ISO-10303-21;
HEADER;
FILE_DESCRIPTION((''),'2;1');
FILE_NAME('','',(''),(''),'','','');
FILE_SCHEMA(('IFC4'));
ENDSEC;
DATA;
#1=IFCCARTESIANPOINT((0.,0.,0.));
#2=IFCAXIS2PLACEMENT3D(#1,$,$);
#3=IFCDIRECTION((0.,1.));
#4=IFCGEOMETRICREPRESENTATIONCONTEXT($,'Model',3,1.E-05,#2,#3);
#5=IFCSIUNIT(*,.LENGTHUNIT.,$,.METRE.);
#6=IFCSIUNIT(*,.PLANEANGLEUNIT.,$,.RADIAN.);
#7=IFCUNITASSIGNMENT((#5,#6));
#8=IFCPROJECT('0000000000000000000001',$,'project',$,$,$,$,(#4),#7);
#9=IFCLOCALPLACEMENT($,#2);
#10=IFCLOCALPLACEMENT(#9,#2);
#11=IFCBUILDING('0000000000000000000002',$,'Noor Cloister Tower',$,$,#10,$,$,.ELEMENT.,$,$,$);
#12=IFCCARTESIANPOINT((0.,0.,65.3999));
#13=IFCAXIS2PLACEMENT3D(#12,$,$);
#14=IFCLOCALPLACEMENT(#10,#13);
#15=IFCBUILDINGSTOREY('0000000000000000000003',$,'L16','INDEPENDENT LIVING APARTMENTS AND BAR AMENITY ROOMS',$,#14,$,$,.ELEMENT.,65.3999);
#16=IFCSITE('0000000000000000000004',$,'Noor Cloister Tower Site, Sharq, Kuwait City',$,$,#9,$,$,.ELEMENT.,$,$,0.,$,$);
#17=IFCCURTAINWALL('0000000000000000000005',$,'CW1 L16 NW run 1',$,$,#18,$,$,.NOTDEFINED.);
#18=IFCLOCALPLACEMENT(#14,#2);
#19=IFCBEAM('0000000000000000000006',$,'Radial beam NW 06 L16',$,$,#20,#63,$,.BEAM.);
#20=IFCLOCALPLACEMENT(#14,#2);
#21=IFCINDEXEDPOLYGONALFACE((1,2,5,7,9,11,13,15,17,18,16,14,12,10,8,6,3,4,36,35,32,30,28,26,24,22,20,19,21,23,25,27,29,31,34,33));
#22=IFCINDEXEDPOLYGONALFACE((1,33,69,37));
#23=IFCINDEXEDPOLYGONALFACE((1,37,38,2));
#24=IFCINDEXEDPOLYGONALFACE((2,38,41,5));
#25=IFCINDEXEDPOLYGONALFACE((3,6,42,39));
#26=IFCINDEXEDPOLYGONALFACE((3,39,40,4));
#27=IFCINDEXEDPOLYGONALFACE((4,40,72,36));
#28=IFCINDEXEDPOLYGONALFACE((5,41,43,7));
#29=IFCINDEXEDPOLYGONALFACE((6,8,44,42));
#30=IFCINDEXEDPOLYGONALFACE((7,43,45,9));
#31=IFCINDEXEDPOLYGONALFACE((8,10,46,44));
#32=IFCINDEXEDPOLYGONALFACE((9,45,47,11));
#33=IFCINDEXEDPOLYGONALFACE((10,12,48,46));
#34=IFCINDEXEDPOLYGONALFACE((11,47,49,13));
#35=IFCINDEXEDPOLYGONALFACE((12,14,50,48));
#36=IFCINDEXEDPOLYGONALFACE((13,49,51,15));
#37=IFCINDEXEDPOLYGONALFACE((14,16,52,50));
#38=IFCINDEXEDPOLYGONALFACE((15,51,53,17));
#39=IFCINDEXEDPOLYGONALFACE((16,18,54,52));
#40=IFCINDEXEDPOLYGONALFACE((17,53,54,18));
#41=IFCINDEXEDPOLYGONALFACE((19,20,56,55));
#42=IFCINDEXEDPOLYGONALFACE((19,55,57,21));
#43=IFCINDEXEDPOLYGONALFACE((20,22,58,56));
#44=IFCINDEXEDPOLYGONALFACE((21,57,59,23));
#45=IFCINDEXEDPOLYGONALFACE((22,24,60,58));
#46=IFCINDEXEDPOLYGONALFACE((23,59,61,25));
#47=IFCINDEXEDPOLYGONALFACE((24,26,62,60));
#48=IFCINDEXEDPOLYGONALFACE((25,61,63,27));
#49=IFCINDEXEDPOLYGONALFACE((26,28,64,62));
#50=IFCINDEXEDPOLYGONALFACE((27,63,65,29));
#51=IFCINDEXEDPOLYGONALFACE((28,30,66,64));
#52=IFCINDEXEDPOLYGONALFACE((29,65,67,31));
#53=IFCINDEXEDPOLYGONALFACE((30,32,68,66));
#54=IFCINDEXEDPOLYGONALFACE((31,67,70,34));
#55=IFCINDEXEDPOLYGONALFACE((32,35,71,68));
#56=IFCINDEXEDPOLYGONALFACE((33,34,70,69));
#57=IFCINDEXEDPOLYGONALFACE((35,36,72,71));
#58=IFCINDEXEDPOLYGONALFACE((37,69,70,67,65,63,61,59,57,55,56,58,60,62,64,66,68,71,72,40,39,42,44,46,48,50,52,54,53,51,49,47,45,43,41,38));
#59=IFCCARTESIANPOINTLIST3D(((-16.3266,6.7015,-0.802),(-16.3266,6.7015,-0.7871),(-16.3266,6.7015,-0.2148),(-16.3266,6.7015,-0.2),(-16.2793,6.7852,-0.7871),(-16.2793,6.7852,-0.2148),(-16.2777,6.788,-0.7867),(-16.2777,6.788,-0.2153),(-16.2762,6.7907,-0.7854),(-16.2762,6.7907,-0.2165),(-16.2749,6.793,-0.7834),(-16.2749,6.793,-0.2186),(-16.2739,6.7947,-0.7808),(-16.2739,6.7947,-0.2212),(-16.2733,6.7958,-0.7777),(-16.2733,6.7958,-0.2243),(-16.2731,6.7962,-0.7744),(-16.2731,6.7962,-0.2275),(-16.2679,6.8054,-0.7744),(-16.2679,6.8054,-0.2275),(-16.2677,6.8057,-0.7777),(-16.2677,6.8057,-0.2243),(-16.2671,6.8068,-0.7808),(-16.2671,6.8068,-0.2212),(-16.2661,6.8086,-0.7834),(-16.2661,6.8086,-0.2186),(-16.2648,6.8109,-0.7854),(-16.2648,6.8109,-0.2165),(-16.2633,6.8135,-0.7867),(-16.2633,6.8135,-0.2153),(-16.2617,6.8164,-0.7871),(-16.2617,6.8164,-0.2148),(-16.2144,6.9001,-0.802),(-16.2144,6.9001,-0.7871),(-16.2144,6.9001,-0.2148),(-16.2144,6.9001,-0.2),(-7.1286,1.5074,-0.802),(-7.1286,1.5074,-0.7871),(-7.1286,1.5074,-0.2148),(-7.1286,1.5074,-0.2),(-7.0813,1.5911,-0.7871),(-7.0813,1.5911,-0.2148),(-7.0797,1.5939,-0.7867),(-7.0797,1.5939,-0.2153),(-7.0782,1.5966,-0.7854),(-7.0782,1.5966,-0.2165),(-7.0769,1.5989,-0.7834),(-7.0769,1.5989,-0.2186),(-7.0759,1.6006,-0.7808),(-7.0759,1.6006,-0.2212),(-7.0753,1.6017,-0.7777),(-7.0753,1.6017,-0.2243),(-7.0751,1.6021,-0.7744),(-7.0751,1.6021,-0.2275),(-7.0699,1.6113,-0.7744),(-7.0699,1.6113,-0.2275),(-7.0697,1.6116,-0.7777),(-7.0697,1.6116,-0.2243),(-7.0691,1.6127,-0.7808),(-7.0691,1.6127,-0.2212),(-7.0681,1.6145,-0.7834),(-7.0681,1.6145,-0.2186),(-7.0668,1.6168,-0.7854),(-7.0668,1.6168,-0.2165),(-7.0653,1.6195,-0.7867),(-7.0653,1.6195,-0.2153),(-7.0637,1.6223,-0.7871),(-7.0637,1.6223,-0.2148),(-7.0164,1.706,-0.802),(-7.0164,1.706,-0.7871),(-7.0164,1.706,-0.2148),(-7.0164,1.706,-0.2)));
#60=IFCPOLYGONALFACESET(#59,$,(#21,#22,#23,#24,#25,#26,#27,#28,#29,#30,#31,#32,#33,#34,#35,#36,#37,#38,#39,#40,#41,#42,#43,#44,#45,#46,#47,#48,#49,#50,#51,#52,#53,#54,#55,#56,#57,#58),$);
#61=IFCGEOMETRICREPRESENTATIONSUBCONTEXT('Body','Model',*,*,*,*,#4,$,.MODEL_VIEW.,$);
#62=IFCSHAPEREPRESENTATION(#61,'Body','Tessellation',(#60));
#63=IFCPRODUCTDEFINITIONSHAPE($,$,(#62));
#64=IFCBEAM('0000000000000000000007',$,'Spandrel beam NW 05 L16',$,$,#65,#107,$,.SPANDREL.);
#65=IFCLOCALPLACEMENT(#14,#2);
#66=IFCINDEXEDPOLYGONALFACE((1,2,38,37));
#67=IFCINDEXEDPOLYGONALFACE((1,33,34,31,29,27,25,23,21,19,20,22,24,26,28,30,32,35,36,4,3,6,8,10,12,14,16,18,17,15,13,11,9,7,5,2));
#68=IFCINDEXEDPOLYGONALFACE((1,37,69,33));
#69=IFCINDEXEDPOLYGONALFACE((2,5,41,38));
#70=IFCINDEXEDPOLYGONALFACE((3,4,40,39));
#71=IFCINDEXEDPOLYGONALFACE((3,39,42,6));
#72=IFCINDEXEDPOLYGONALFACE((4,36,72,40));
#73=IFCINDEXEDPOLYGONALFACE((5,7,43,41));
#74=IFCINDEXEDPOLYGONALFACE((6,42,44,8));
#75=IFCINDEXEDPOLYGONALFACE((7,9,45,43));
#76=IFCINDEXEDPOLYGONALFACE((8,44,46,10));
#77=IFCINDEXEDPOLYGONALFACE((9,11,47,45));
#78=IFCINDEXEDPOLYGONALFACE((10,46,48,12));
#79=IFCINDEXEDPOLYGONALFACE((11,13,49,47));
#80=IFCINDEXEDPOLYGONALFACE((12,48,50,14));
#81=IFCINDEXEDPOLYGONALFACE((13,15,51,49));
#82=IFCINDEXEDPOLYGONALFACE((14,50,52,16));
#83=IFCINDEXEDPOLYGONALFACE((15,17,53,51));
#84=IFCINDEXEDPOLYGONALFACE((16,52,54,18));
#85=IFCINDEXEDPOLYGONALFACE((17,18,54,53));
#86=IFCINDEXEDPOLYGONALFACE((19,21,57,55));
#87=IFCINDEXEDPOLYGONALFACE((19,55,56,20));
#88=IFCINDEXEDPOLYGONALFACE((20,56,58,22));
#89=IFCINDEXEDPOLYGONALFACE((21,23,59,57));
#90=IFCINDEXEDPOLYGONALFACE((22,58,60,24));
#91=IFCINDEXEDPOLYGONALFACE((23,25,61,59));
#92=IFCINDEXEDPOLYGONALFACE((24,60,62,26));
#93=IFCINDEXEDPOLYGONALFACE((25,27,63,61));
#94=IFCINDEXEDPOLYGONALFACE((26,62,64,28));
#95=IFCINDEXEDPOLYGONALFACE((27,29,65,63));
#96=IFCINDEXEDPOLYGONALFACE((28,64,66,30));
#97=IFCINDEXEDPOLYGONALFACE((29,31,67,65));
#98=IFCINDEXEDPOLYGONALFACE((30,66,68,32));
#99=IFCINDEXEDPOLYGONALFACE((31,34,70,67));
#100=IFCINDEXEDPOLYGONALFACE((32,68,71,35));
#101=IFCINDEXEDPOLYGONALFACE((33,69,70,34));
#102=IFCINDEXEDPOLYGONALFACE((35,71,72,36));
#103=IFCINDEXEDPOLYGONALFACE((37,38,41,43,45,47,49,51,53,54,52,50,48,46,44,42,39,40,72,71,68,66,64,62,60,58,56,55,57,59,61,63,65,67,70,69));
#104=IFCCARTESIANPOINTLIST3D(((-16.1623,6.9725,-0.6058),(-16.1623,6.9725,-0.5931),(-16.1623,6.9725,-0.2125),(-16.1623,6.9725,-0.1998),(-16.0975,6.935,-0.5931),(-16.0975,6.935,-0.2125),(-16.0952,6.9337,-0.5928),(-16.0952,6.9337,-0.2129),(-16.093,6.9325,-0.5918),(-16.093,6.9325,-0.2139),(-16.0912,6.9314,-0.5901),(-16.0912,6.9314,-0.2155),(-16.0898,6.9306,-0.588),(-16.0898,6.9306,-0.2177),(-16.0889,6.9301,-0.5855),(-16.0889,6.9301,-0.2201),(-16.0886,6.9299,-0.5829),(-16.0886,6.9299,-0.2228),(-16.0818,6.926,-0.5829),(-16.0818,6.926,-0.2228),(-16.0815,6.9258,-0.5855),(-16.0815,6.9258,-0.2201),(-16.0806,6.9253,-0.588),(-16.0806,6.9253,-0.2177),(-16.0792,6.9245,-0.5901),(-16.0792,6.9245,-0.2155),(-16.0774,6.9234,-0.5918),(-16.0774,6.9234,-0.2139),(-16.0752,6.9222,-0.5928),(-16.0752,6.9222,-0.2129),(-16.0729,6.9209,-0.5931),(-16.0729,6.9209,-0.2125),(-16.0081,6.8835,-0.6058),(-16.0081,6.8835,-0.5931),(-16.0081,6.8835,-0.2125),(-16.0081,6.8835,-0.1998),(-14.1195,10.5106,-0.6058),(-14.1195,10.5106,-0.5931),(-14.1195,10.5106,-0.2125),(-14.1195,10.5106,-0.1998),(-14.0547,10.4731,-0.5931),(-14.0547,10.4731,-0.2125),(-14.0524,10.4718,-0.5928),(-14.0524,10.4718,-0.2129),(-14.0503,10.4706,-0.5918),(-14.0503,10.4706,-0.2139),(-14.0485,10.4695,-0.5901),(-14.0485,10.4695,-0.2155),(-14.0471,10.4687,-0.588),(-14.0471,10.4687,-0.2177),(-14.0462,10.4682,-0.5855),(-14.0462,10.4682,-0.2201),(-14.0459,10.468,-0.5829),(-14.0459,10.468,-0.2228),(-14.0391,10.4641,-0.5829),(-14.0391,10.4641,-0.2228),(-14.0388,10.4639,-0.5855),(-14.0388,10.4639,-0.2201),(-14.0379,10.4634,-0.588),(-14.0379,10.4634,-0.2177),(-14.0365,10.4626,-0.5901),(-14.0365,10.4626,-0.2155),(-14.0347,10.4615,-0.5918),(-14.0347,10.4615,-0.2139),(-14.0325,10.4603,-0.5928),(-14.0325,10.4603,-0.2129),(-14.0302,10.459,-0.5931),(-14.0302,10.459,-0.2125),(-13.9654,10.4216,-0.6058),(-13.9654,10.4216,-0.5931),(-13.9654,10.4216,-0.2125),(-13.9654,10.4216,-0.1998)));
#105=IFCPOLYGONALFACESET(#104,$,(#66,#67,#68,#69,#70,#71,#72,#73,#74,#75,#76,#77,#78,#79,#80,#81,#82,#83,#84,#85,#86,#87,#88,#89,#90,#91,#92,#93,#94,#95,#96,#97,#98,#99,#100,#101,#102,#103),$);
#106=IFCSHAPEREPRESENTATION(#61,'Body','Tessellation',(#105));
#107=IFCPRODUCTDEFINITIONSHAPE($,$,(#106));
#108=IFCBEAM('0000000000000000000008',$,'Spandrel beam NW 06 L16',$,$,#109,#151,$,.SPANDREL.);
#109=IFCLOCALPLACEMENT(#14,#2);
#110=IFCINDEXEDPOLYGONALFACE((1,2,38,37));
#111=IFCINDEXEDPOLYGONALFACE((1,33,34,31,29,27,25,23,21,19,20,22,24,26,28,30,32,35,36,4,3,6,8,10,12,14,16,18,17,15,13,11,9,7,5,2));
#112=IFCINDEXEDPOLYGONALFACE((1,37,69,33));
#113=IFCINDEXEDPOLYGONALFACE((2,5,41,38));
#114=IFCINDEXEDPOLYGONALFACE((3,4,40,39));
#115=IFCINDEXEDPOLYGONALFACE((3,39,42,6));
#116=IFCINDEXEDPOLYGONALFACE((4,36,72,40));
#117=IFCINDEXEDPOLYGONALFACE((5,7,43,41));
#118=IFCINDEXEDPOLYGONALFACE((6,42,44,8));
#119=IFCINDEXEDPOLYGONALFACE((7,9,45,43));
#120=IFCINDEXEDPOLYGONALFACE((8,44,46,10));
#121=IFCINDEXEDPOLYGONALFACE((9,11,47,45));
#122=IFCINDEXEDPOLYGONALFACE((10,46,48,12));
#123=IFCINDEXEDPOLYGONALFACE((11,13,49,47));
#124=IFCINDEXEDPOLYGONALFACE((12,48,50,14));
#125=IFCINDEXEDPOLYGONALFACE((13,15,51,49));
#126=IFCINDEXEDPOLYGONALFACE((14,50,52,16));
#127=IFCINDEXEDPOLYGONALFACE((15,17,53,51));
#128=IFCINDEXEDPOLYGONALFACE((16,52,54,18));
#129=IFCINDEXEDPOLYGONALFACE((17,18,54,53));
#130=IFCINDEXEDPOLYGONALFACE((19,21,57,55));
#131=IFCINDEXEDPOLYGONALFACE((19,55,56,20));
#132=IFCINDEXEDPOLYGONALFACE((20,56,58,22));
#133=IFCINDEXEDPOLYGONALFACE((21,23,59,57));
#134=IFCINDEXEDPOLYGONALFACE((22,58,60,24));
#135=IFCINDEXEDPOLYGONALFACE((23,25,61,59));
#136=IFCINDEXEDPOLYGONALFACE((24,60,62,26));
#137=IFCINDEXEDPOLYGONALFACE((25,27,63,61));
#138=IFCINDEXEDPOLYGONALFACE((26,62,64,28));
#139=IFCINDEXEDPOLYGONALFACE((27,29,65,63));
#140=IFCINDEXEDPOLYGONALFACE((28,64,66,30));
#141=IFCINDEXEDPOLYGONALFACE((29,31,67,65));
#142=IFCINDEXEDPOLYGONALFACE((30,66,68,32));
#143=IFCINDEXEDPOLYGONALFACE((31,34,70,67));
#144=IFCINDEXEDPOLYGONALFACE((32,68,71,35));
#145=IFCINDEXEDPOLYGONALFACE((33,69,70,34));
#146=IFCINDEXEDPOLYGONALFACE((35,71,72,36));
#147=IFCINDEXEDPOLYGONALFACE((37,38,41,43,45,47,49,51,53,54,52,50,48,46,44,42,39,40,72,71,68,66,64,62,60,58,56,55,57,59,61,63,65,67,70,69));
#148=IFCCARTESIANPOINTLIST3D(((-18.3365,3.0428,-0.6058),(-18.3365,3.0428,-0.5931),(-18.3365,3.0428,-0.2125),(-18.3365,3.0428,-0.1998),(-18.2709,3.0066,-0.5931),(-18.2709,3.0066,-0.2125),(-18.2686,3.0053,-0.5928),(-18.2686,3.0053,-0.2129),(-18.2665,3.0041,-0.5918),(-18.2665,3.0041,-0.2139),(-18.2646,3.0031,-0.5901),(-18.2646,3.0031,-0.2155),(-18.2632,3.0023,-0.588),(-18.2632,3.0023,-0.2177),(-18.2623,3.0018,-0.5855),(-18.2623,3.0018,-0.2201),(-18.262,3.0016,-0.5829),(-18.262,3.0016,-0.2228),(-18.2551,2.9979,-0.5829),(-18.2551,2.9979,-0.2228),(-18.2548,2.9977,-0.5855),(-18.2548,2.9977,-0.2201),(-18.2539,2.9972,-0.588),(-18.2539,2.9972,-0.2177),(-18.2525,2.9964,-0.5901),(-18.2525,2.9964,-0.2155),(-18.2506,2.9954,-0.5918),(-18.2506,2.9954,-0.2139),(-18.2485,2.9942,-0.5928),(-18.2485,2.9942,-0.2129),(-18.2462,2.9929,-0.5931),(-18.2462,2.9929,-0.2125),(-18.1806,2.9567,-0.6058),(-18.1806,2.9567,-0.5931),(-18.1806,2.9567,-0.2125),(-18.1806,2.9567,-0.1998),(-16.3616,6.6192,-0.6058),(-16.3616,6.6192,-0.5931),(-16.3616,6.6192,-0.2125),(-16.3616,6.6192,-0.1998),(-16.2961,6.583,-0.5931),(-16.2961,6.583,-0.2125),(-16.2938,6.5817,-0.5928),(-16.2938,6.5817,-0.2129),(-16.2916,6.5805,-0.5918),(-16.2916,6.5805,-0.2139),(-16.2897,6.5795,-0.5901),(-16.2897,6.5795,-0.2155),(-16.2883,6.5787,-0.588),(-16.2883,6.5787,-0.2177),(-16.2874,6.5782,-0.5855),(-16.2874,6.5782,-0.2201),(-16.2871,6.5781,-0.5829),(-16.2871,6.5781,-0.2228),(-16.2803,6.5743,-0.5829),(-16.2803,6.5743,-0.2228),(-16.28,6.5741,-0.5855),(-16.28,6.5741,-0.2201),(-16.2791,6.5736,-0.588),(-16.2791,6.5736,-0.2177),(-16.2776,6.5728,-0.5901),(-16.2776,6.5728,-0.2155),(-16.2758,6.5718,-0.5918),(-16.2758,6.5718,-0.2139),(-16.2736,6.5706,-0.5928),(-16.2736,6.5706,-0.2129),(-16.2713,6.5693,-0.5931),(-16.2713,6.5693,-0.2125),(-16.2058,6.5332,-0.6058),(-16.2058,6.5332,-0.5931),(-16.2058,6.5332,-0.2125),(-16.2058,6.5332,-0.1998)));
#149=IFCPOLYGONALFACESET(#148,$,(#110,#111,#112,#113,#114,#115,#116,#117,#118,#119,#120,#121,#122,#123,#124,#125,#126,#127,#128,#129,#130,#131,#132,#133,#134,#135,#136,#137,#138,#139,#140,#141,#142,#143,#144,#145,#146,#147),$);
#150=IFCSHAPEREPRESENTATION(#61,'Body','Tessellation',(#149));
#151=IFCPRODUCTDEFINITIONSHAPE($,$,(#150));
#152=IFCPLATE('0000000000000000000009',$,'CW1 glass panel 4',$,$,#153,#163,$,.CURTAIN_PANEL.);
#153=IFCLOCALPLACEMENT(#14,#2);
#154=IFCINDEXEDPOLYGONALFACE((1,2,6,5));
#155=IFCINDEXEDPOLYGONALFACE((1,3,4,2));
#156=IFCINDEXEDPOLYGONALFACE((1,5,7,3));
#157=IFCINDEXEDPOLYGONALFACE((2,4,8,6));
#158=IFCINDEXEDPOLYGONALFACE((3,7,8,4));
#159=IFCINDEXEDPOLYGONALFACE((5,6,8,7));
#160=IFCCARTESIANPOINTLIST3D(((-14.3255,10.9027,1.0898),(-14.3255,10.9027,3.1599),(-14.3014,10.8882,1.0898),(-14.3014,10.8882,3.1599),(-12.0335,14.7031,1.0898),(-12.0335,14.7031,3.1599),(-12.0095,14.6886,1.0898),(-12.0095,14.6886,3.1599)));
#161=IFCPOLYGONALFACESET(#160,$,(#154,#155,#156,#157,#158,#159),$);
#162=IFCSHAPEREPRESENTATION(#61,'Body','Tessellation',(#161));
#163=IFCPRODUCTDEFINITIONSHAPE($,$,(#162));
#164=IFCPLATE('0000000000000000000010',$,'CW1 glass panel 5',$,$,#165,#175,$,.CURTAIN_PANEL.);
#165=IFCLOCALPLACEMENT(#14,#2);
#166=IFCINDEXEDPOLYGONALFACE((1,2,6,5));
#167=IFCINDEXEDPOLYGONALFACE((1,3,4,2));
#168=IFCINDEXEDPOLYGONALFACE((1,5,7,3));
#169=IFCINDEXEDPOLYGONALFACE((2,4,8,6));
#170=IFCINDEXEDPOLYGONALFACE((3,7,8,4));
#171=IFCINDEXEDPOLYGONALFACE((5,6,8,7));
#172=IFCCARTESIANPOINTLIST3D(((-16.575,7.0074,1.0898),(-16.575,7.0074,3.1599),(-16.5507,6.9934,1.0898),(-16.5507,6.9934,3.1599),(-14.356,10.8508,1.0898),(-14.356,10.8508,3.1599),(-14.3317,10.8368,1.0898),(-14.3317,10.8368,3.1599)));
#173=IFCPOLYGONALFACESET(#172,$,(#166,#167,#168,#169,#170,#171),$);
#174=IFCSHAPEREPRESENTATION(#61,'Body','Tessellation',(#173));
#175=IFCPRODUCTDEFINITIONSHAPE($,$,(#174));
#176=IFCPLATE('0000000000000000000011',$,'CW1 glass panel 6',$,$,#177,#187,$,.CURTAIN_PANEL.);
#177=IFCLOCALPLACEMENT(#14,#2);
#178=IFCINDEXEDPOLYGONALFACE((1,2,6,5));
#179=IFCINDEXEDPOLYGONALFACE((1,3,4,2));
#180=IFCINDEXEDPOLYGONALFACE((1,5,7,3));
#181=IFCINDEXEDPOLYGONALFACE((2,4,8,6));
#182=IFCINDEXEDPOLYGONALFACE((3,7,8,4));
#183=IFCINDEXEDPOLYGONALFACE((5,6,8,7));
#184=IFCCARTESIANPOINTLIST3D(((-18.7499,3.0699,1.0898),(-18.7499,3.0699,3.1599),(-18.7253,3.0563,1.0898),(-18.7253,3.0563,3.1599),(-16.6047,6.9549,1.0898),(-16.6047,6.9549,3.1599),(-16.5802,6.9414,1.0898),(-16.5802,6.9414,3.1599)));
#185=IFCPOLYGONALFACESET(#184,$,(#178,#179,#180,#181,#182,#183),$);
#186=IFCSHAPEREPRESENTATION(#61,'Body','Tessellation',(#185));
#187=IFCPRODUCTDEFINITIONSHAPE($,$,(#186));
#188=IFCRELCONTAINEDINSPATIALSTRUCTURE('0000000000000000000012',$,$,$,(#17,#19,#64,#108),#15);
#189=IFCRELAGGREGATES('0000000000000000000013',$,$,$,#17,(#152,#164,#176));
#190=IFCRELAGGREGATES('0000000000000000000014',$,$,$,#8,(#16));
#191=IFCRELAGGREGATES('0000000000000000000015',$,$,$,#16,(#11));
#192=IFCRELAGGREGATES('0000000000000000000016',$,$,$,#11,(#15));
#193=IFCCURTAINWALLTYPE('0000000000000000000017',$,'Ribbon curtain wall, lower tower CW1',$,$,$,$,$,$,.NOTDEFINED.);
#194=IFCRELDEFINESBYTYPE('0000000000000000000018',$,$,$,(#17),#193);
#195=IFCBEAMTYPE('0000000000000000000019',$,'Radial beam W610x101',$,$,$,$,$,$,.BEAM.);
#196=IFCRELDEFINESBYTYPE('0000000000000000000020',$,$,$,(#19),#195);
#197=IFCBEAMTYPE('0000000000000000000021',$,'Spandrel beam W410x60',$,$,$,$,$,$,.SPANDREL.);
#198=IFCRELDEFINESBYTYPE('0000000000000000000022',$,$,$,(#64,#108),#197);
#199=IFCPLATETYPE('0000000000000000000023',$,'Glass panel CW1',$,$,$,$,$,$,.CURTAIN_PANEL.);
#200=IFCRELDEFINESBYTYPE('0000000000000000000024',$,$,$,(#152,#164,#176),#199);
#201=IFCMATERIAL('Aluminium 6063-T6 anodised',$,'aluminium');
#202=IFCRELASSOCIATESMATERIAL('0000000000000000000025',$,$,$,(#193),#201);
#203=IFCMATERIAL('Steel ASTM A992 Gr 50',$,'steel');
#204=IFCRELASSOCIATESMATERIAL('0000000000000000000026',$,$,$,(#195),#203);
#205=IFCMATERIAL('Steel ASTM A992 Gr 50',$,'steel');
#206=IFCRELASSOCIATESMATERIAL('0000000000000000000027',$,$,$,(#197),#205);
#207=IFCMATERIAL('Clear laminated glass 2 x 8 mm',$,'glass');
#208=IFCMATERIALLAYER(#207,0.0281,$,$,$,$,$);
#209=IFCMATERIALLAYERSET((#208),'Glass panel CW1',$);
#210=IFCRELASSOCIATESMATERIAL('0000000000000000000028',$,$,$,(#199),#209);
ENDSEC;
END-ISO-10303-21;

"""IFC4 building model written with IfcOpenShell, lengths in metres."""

from ifc_helpers import new_model, si_unit, direction, frame, origin, origin_2d, place, context, subcontext, project, spatial, rectangle, i_section, extrude, material, layer, layer_set, material_profile, profile_set, type_object, element, aggregate, save


model = new_model("IFC4")

# Units and contexts
model_context = context("Model", 3, precision=1e-05, world=origin(), true_north=direction((0.0, 1.0)))
body_context = subcontext(model_context, "Body", "Model", "MODEL_VIEW")
ifc_project = project(units=[si_unit("LENGTHUNIT", "METRE"), si_unit("PLANEANGLEUNIT", "RADIAN")], contexts=[model_context])

# Site, building, storey
site_placement = place(None, origin())
site = spatial("IfcSite", under=ifc_project, at=site_placement, Name="Noor Cloister Tower Site, Sharq, Kuwait City", CompositionType="ELEMENT", RefElevation=0.0)
building_placement = place(site_placement, origin())
building = spatial("IfcBuilding", under=site, at=building_placement, Name="Noor Cloister Tower", CompositionType="ELEMENT")
storey_placement = place(building_placement, frame((0.0, 0.0, 65.3999)))
storey = spatial("IfcBuildingStorey", under=building, at=storey_placement, Name="L16", Description="INDEPENDENT LIVING APARTMENTS AND BAR AMENITY ROOMS", CompositionType="ELEMENT", Elevation=65.3999)

# Curtain wall
ifc_material_1 = material(Name="Aluminium 6063-T6 anodised", Category="aluminium")
curtain_wall_type = type_object("IfcCurtainWallType", Name="Ribbon curtain wall, lower tower CW1", PredefinedType="NOTDEFINED", material=ifc_material_1)
curtain_wall_placement = place(storey_placement, origin())
curtain_wall = element("IfcCurtainWall", 1, at=curtain_wall_placement, inside=storey, type_object=curtain_wall_type, Name="CW1 L16 NW run 1", PredefinedType="NOTDEFINED")

# Beams
ifc_material_2 = material(Name="Steel ASTM A992 Gr 50", Category="steel")
ifc_material_profile_1 = material_profile(ifc_material_2, i_section(OverallWidth=0.228, OverallDepth=0.6021, WebThickness=0.0105, FlangeThickness=0.0149, FilletRadius=0.0127, at=origin_2d()), Name="W610x101")
ifc_profile_set_1 = profile_set([ifc_material_profile_1], Name="Steel ASTM A992 Gr 50")
beam_type_1 = type_object("IfcBeamType", Name="Radial beam W610x101", PredefinedType="BEAM", material=ifc_profile_set_1)
beam_1_placement = place(storey_placement, frame((-16.2705, 6.8008, -0.501), z_axis=(0.870756, -0.491715, 0.0), x_axis=(0.491715, 0.870756, 0.0)))
element("IfcBeam", 2, at=beam_1_placement, inside=storey, type_object=beam_type_1, Name="Radial beam NW 06 L16", PredefinedType="BEAM", context=body_context, shape_type="SweptSolid", body=[
    extrude(i_section(OverallWidth=0.228, OverallDepth=0.6021, WebThickness=0.0105, FlangeThickness=0.0149, FilletRadius=0.0127, at=origin_2d()), origin(), (0.0, 0.0, 1.0), 10.5632),
])
ifc_material_3 = material(Name="Steel ASTM A992 Gr 50", Category="steel")
ifc_material_profile_2 = material_profile(ifc_material_3, i_section(OverallWidth=0.178, OverallDepth=0.406, WebThickness=0.0078, FlangeThickness=0.0127, FilletRadius=0.0103, at=origin_2d()), Name="W410x60")
ifc_profile_set_2 = profile_set([ifc_material_profile_2], Name="Steel ASTM A992 Gr 50")
beam_type_2 = type_object("IfcBeamType", Name="Spandrel beam W410x60", PredefinedType="SPANDREL", material=ifc_profile_set_2)
for number, where, z_axis, x_axis, name in (
    (3, (-14.0425, 10.4661, -0.4028), (-0.500002, -0.866024, 0.0), (0.866024, -0.500002, 0.0), "Spandrel beam NW 05 L16"),
    (4, (-16.2837, 6.5762, -0.4028), (-0.483389, -0.875406, 0.0), (0.875406, -0.483389, 0.0), "Spandrel beam NW 06 L16"),
):
    element("IfcBeam", number, at=place(storey_placement, frame(where, z_axis=z_axis, x_axis=x_axis)), inside=storey, type_object=beam_type_2, Name=name, PredefinedType="SPANDREL", context=body_context, shape_type="SweptSolid", body=[
        extrude(i_section(OverallWidth=0.178, OverallDepth=0.406, WebThickness=0.0078, FlangeThickness=0.0127, FilletRadius=0.0103, at=origin_2d()), origin(), (0.0, 0.0, 1.0), 4.0854),
    ])

# Plates
ifc_material_4 = material(Name="Clear laminated glass 2 x 8 mm", Category="glass")
ifc_layer_1 = layer(ifc_material_4, 0.0281)
ifc_layer_set_1 = layer_set([ifc_layer_1], Name="Glass panel CW1")
plate_type = type_object("IfcPlateType", Name="Glass panel CW1", PredefinedType="CURTAIN_PANEL", material=ifc_layer_set_1)
plate_1_placement = place(storey_placement, frame((-13.1675, 12.7957, 1.0898), z_axis=(0.0, 0.0, 1.0), x_axis=(-0.516446, -0.85632, 0.0)))
plate_1 = element("IfcPlate", 5, at=plate_1_placement, type_object=plate_type, Name="CW1 glass panel 4", PredefinedType="CURTAIN_PANEL", context=body_context, shape_type="SweptSolid", body=[
    extrude(rectangle(XDim=4.438, YDim=0.0281, at=origin_2d()), origin(), (0.0, 0.0, 1.0), 2.0701),
])
plate_2_placement = place(storey_placement, frame((-15.4534, 8.9221, 1.0898), z_axis=(0.0, 0.0, 1.0), x_axis=(-0.5, -0.866025, 0.0)))
plate_2 = element("IfcPlate", 6, at=plate_2_placement, type_object=plate_type, Name="CW1 glass panel 5", PredefinedType="CURTAIN_PANEL", context=body_context, shape_type="SweptSolid", body=[
    extrude(rectangle(XDim=4.438, YDim=0.0281, at=origin_2d()), origin(), (0.0, 0.0, 1.0), 2.0701),
])
plate_3_placement = place(storey_placement, frame((-17.665, 5.0056, 1.0898), z_axis=(0.0, 0.0, 1.0), x_axis=(-0.483372, -0.875415, 0.0)))
plate_3 = element("IfcPlate", 7, at=plate_3_placement, type_object=plate_type, Name="CW1 glass panel 6", PredefinedType="CURTAIN_PANEL", context=body_context, shape_type="SweptSolid", body=[
    extrude(rectangle(XDim=4.438, YDim=0.0281, at=origin_2d()), origin(), (0.0, 0.0, 1.0), 2.0701),
])
aggregate(curtain_wall, [plate_1, plate_2, plate_3])

save(model, "model.ifc")
